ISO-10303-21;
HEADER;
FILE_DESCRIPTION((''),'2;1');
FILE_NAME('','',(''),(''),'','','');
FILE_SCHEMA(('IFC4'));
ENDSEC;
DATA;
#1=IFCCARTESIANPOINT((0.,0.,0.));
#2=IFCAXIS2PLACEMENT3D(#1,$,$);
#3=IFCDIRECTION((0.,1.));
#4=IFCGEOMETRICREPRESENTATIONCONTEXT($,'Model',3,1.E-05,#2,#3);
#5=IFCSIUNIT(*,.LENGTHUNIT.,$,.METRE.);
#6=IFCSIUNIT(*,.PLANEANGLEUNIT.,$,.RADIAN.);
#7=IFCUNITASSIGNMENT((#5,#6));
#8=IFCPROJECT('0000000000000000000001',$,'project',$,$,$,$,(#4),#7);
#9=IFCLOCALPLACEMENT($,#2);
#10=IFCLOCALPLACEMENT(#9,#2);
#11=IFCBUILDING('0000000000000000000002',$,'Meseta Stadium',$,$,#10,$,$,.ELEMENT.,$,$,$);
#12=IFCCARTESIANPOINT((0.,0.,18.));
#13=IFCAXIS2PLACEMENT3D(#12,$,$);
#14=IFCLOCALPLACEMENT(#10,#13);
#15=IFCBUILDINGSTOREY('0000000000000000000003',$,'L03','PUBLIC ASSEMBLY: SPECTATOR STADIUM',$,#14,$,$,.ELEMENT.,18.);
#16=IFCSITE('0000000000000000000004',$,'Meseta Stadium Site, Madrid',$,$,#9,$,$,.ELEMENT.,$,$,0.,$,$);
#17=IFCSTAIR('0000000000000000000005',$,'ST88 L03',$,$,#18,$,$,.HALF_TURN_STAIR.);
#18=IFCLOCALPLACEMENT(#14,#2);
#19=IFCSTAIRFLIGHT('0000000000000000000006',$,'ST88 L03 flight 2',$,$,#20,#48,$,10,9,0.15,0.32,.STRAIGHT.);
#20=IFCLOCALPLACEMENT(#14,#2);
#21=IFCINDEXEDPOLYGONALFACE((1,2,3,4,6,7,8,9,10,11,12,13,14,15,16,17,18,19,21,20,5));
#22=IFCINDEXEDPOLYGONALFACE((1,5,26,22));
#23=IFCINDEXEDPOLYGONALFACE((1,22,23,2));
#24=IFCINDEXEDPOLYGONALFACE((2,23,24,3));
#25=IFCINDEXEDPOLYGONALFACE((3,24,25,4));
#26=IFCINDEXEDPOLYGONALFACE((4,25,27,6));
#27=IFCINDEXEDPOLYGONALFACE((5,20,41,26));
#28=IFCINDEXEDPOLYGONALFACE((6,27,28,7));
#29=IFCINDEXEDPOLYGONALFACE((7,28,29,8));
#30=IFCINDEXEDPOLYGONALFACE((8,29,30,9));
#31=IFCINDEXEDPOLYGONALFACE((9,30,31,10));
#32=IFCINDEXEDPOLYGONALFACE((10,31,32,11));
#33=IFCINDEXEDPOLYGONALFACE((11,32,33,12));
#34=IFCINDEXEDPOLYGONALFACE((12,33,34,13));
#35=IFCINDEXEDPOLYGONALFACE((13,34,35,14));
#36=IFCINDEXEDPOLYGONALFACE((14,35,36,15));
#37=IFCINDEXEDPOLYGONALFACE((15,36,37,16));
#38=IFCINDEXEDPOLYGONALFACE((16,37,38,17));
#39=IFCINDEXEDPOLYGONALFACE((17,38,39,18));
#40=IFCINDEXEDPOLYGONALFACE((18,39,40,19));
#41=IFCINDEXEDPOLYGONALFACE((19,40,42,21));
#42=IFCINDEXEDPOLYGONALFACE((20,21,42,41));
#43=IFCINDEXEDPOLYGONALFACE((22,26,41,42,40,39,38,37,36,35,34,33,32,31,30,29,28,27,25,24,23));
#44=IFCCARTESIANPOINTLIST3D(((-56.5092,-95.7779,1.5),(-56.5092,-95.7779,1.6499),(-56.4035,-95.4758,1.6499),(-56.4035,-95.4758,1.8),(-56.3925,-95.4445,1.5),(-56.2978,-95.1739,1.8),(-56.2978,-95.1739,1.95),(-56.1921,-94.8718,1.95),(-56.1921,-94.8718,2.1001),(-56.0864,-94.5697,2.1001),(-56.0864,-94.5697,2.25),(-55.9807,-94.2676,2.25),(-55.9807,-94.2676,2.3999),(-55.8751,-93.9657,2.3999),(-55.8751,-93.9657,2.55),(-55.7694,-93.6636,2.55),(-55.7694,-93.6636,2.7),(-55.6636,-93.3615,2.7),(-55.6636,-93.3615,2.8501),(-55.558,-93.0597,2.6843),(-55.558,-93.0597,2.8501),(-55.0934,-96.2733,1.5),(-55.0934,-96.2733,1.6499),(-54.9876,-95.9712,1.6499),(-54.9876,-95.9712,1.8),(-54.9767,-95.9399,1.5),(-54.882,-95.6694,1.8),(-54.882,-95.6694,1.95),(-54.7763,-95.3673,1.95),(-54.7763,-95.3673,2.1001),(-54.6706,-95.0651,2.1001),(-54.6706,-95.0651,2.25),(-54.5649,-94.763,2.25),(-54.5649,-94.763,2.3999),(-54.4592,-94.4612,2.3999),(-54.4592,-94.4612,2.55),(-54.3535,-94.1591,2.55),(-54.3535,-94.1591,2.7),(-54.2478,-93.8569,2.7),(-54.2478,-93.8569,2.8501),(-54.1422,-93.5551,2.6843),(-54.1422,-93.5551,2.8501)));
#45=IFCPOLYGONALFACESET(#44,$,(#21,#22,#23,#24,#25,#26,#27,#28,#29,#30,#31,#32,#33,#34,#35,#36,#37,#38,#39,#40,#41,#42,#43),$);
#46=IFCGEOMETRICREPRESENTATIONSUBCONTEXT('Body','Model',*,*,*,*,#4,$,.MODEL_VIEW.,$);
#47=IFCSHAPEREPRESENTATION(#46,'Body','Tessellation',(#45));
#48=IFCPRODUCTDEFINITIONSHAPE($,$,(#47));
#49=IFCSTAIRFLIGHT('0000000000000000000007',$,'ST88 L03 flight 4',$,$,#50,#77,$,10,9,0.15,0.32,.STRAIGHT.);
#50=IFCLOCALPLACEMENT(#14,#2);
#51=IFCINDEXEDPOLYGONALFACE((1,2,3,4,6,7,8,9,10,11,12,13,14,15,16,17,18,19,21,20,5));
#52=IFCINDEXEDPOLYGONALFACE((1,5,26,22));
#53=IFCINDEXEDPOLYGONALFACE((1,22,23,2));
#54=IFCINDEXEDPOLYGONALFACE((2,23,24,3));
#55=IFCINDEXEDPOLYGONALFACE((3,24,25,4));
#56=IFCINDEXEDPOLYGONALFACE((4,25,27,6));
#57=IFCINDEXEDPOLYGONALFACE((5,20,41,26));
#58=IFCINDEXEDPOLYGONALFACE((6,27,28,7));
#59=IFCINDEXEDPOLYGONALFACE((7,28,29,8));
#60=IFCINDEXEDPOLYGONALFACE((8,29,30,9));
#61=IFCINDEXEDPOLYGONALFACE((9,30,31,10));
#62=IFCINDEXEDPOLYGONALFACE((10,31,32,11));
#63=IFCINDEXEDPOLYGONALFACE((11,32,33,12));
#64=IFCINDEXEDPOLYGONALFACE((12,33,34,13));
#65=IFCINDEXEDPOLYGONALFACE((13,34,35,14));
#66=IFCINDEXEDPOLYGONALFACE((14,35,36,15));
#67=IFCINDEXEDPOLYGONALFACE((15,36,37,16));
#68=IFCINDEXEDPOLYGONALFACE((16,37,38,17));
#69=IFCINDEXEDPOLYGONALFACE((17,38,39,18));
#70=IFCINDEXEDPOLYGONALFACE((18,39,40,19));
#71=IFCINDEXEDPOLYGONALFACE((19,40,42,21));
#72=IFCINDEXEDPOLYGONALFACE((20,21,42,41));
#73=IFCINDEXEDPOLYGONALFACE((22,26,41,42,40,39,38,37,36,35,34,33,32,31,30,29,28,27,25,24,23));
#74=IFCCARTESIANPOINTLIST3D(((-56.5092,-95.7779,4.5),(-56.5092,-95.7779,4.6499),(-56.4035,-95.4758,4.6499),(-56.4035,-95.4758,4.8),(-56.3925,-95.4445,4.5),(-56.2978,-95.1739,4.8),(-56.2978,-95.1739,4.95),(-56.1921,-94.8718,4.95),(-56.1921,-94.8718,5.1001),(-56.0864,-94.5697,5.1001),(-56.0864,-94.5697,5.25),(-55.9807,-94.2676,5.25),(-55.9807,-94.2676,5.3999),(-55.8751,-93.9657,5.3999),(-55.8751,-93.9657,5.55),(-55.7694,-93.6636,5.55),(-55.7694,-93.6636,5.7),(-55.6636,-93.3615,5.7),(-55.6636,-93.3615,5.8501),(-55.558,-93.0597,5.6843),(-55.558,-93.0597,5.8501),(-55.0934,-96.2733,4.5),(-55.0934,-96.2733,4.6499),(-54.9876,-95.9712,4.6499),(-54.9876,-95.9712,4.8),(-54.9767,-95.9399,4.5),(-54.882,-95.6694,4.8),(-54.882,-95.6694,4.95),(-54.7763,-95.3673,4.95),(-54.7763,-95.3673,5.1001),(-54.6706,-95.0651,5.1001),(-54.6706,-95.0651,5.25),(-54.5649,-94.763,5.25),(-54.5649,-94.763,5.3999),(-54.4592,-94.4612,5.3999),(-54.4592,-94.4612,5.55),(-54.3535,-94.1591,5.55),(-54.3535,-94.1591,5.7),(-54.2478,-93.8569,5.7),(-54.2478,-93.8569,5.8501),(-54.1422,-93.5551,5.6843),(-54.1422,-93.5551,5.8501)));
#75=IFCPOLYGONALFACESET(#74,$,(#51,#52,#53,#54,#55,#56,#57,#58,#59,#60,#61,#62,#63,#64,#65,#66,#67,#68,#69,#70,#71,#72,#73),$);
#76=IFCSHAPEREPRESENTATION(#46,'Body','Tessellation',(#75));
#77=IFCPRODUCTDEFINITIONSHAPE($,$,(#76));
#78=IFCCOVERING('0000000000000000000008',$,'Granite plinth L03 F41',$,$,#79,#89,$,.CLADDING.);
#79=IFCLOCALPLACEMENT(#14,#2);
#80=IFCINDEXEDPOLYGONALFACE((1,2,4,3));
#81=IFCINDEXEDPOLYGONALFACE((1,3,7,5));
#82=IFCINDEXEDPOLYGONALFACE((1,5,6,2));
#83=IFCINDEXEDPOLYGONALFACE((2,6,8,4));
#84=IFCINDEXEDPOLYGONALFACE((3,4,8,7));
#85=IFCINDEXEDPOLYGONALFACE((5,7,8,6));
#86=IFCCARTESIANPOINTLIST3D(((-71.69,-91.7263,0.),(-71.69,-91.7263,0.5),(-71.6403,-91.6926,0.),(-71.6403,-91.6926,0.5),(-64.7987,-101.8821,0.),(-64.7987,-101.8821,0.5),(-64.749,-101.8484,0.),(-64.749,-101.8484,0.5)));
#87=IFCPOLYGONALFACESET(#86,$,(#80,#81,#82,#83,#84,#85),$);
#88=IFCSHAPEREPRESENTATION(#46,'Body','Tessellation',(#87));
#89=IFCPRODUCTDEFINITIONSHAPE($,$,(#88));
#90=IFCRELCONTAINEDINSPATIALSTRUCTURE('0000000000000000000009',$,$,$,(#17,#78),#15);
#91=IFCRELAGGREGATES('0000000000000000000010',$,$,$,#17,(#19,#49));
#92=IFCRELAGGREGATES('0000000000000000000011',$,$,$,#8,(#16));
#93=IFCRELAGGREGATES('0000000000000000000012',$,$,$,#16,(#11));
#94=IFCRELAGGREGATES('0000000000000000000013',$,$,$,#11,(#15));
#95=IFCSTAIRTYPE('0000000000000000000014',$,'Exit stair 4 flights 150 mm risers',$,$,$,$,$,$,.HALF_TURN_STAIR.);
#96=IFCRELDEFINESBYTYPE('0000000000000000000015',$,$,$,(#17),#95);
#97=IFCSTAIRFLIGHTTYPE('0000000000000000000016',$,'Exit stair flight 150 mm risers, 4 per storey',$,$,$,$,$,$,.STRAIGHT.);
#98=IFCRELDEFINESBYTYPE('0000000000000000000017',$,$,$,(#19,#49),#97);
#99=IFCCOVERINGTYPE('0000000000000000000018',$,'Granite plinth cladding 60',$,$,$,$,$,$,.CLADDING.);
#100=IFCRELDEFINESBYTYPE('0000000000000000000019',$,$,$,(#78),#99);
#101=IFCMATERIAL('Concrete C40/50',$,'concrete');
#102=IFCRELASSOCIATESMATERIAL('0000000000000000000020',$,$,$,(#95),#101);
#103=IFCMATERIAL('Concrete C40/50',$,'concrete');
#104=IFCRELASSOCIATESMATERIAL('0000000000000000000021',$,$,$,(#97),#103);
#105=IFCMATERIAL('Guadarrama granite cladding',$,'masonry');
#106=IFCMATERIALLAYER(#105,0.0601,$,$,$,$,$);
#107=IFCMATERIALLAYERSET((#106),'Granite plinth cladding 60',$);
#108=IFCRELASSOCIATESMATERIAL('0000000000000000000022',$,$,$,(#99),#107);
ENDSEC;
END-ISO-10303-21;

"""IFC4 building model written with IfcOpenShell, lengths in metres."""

from ifc_helpers import new_model, si_unit, direction, frame, origin, origin_2d, place, context, subcontext, project, spatial, polyline, rectangle, outline, extrude, material, layer, layer_set, type_object, element, aggregate, save


model = new_model("IFC4")

# Units and contexts
model_context = context("Model", 3, precision=1e-05, world=origin(), true_north=direction((0.0, 1.0)))
body_context = subcontext(model_context, "Body", "Model", "MODEL_VIEW")
ifc_project = project(units=[si_unit("LENGTHUNIT", "METRE"), si_unit("PLANEANGLEUNIT", "RADIAN")], contexts=[model_context])

# Site, building, storey
site_placement = place(None, origin())
site = spatial("IfcSite", under=ifc_project, at=site_placement, Name="Meseta Stadium Site, Madrid", CompositionType="ELEMENT", RefElevation=0.0)
building_placement = place(site_placement, origin())
building = spatial("IfcBuilding", under=site, at=building_placement, Name="Meseta Stadium", CompositionType="ELEMENT")
storey_placement = place(building_placement, frame((0.0, 0.0, 18.0)))
storey = spatial("IfcBuildingStorey", under=building, at=storey_placement, Name="L03", Description="PUBLIC ASSEMBLY: SPECTATOR STADIUM", CompositionType="ELEMENT", Elevation=18.0)

# Stair, stair flights
ifc_material_1 = material(Name="Concrete C40/50", Category="concrete")
stair_type = type_object("IfcStairType", Name="Exit stair 4 flights 150 mm risers", PredefinedType="HALF_TURN_STAIR", material=ifc_material_1)
ifc_material_2 = material(Name="Concrete C40/50", Category="concrete")
stair_flight_type = type_object("IfcStairFlightType", Name="Exit stair flight 150 mm risers, 4 per storey", PredefinedType="STRAIGHT", material=ifc_material_2)
stair_1_placement = place(storey_placement, origin())
stair_1 = element("IfcStair", 1, at=stair_1_placement, inside=storey, type_object=stair_type, Name="ST88 L03", PredefinedType="HALF_TURN_STAIR")
stair_flight_1_placement = place(storey_placement, frame((-55.8013, -96.0256, 1.5), z_axis=(0.0, 0.0, 1.0), x_axis=(0.330279, 0.943883, 0.0)))
stair_flight_1 = element("IfcStairFlight", 2, at=stair_flight_1_placement, type_object=stair_flight_type, Name="ST88 L03 flight 2", NumberOfRisers=10, NumberOfTreads=9, PredefinedType="STRAIGHT", RiserHeight=0.15, TreadLength=0.32, context=body_context, shape_type="SweptSolid", body=[
    extrude(outline(polyline([(0.0, 0.0), (0.0, 0.1499), (0.3201, 0.1499), (0.3201, 0.3), (0.6399, 0.3), (0.6399, 0.45), (0.96, 0.45), (0.96, 0.6001), (1.28, 0.6001), (1.28, 0.75), (1.6001, 0.75), (1.6001, 0.8999), (1.9199, 0.8999), (1.9199, 1.05), (2.24, 1.05), (2.24, 1.2), (2.5601, 1.2), (2.5601, 1.3501), (2.8799, 1.3501), (2.8799, 1.1843), (0.3533, 0.0), (0.0, 0.0)])), frame((0.0, 0.75, 0.0), z_axis=(0.0, -1.0, 0.0), x_axis=(1.0, 0.0, 0.0)), (0.0, 0.0, 1.0), 1.5),
])
stair_flight_2_placement = place(storey_placement, frame((-55.8013, -96.0256, 4.5), z_axis=(0.0, 0.0, 1.0), x_axis=(0.330279, 0.943883, 0.0)))
stair_flight_2 = element("IfcStairFlight", 3, at=stair_flight_2_placement, type_object=stair_flight_type, Name="ST88 L03 flight 4", NumberOfRisers=10, NumberOfTreads=9, PredefinedType="STRAIGHT", RiserHeight=0.15, TreadLength=0.32, context=body_context, shape_type="SweptSolid", body=[
    extrude(outline(polyline([(0.0, 0.0), (0.0, 0.1499), (0.3201, 0.1499), (0.3201, 0.3), (0.6399, 0.3), (0.6399, 0.45), (0.96, 0.45), (0.96, 0.6001), (1.28, 0.6001), (1.28, 0.75), (1.6001, 0.75), (1.6001, 0.8999), (1.9199, 0.8999), (1.9199, 1.05), (2.24, 1.05), (2.24, 1.2), (2.5601, 1.2), (2.5601, 1.3501), (2.8799, 1.3501), (2.8799, 1.1843), (0.3533, 0.0), (0.0, 0.0)])), frame((0.0, 0.75, 0.0), z_axis=(0.0, -1.0, 0.0), x_axis=(1.0, 0.0, 0.0)), (0.0, 0.0, 1.0), 1.5),
])
aggregate(stair_1, [stair_flight_1, stair_flight_2])

# Covering
ifc_material_3 = material(Name="Guadarrama granite cladding", Category="masonry")
ifc_layer_1 = layer(ifc_material_3, 0.0601)
ifc_layer_set_1 = layer_set([ifc_layer_1], Name="Granite plinth cladding 60")
covering_type = type_object("IfcCoveringType", Name="Granite plinth cladding 60", PredefinedType="CLADDING", material=ifc_layer_set_1)
covering_placement = place(storey_placement, frame((-68.2195, -96.7874, 0.0), z_axis=(0.0, 0.0, 1.0), x_axis=(-0.56149, 0.827484, 0.0)))
element("IfcCovering", 4, at=covering_placement, inside=storey, type_object=covering_type, Name="Granite plinth L03 F41", PredefinedType="CLADDING", context=body_context, shape_type="SweptSolid", body=[
    extrude(rectangle(XDim=12.2732, YDim=0.0601, at=origin_2d()), origin(), (0.0, 0.0, 1.0), 0.5),
])

save(model, "model.ifc")
